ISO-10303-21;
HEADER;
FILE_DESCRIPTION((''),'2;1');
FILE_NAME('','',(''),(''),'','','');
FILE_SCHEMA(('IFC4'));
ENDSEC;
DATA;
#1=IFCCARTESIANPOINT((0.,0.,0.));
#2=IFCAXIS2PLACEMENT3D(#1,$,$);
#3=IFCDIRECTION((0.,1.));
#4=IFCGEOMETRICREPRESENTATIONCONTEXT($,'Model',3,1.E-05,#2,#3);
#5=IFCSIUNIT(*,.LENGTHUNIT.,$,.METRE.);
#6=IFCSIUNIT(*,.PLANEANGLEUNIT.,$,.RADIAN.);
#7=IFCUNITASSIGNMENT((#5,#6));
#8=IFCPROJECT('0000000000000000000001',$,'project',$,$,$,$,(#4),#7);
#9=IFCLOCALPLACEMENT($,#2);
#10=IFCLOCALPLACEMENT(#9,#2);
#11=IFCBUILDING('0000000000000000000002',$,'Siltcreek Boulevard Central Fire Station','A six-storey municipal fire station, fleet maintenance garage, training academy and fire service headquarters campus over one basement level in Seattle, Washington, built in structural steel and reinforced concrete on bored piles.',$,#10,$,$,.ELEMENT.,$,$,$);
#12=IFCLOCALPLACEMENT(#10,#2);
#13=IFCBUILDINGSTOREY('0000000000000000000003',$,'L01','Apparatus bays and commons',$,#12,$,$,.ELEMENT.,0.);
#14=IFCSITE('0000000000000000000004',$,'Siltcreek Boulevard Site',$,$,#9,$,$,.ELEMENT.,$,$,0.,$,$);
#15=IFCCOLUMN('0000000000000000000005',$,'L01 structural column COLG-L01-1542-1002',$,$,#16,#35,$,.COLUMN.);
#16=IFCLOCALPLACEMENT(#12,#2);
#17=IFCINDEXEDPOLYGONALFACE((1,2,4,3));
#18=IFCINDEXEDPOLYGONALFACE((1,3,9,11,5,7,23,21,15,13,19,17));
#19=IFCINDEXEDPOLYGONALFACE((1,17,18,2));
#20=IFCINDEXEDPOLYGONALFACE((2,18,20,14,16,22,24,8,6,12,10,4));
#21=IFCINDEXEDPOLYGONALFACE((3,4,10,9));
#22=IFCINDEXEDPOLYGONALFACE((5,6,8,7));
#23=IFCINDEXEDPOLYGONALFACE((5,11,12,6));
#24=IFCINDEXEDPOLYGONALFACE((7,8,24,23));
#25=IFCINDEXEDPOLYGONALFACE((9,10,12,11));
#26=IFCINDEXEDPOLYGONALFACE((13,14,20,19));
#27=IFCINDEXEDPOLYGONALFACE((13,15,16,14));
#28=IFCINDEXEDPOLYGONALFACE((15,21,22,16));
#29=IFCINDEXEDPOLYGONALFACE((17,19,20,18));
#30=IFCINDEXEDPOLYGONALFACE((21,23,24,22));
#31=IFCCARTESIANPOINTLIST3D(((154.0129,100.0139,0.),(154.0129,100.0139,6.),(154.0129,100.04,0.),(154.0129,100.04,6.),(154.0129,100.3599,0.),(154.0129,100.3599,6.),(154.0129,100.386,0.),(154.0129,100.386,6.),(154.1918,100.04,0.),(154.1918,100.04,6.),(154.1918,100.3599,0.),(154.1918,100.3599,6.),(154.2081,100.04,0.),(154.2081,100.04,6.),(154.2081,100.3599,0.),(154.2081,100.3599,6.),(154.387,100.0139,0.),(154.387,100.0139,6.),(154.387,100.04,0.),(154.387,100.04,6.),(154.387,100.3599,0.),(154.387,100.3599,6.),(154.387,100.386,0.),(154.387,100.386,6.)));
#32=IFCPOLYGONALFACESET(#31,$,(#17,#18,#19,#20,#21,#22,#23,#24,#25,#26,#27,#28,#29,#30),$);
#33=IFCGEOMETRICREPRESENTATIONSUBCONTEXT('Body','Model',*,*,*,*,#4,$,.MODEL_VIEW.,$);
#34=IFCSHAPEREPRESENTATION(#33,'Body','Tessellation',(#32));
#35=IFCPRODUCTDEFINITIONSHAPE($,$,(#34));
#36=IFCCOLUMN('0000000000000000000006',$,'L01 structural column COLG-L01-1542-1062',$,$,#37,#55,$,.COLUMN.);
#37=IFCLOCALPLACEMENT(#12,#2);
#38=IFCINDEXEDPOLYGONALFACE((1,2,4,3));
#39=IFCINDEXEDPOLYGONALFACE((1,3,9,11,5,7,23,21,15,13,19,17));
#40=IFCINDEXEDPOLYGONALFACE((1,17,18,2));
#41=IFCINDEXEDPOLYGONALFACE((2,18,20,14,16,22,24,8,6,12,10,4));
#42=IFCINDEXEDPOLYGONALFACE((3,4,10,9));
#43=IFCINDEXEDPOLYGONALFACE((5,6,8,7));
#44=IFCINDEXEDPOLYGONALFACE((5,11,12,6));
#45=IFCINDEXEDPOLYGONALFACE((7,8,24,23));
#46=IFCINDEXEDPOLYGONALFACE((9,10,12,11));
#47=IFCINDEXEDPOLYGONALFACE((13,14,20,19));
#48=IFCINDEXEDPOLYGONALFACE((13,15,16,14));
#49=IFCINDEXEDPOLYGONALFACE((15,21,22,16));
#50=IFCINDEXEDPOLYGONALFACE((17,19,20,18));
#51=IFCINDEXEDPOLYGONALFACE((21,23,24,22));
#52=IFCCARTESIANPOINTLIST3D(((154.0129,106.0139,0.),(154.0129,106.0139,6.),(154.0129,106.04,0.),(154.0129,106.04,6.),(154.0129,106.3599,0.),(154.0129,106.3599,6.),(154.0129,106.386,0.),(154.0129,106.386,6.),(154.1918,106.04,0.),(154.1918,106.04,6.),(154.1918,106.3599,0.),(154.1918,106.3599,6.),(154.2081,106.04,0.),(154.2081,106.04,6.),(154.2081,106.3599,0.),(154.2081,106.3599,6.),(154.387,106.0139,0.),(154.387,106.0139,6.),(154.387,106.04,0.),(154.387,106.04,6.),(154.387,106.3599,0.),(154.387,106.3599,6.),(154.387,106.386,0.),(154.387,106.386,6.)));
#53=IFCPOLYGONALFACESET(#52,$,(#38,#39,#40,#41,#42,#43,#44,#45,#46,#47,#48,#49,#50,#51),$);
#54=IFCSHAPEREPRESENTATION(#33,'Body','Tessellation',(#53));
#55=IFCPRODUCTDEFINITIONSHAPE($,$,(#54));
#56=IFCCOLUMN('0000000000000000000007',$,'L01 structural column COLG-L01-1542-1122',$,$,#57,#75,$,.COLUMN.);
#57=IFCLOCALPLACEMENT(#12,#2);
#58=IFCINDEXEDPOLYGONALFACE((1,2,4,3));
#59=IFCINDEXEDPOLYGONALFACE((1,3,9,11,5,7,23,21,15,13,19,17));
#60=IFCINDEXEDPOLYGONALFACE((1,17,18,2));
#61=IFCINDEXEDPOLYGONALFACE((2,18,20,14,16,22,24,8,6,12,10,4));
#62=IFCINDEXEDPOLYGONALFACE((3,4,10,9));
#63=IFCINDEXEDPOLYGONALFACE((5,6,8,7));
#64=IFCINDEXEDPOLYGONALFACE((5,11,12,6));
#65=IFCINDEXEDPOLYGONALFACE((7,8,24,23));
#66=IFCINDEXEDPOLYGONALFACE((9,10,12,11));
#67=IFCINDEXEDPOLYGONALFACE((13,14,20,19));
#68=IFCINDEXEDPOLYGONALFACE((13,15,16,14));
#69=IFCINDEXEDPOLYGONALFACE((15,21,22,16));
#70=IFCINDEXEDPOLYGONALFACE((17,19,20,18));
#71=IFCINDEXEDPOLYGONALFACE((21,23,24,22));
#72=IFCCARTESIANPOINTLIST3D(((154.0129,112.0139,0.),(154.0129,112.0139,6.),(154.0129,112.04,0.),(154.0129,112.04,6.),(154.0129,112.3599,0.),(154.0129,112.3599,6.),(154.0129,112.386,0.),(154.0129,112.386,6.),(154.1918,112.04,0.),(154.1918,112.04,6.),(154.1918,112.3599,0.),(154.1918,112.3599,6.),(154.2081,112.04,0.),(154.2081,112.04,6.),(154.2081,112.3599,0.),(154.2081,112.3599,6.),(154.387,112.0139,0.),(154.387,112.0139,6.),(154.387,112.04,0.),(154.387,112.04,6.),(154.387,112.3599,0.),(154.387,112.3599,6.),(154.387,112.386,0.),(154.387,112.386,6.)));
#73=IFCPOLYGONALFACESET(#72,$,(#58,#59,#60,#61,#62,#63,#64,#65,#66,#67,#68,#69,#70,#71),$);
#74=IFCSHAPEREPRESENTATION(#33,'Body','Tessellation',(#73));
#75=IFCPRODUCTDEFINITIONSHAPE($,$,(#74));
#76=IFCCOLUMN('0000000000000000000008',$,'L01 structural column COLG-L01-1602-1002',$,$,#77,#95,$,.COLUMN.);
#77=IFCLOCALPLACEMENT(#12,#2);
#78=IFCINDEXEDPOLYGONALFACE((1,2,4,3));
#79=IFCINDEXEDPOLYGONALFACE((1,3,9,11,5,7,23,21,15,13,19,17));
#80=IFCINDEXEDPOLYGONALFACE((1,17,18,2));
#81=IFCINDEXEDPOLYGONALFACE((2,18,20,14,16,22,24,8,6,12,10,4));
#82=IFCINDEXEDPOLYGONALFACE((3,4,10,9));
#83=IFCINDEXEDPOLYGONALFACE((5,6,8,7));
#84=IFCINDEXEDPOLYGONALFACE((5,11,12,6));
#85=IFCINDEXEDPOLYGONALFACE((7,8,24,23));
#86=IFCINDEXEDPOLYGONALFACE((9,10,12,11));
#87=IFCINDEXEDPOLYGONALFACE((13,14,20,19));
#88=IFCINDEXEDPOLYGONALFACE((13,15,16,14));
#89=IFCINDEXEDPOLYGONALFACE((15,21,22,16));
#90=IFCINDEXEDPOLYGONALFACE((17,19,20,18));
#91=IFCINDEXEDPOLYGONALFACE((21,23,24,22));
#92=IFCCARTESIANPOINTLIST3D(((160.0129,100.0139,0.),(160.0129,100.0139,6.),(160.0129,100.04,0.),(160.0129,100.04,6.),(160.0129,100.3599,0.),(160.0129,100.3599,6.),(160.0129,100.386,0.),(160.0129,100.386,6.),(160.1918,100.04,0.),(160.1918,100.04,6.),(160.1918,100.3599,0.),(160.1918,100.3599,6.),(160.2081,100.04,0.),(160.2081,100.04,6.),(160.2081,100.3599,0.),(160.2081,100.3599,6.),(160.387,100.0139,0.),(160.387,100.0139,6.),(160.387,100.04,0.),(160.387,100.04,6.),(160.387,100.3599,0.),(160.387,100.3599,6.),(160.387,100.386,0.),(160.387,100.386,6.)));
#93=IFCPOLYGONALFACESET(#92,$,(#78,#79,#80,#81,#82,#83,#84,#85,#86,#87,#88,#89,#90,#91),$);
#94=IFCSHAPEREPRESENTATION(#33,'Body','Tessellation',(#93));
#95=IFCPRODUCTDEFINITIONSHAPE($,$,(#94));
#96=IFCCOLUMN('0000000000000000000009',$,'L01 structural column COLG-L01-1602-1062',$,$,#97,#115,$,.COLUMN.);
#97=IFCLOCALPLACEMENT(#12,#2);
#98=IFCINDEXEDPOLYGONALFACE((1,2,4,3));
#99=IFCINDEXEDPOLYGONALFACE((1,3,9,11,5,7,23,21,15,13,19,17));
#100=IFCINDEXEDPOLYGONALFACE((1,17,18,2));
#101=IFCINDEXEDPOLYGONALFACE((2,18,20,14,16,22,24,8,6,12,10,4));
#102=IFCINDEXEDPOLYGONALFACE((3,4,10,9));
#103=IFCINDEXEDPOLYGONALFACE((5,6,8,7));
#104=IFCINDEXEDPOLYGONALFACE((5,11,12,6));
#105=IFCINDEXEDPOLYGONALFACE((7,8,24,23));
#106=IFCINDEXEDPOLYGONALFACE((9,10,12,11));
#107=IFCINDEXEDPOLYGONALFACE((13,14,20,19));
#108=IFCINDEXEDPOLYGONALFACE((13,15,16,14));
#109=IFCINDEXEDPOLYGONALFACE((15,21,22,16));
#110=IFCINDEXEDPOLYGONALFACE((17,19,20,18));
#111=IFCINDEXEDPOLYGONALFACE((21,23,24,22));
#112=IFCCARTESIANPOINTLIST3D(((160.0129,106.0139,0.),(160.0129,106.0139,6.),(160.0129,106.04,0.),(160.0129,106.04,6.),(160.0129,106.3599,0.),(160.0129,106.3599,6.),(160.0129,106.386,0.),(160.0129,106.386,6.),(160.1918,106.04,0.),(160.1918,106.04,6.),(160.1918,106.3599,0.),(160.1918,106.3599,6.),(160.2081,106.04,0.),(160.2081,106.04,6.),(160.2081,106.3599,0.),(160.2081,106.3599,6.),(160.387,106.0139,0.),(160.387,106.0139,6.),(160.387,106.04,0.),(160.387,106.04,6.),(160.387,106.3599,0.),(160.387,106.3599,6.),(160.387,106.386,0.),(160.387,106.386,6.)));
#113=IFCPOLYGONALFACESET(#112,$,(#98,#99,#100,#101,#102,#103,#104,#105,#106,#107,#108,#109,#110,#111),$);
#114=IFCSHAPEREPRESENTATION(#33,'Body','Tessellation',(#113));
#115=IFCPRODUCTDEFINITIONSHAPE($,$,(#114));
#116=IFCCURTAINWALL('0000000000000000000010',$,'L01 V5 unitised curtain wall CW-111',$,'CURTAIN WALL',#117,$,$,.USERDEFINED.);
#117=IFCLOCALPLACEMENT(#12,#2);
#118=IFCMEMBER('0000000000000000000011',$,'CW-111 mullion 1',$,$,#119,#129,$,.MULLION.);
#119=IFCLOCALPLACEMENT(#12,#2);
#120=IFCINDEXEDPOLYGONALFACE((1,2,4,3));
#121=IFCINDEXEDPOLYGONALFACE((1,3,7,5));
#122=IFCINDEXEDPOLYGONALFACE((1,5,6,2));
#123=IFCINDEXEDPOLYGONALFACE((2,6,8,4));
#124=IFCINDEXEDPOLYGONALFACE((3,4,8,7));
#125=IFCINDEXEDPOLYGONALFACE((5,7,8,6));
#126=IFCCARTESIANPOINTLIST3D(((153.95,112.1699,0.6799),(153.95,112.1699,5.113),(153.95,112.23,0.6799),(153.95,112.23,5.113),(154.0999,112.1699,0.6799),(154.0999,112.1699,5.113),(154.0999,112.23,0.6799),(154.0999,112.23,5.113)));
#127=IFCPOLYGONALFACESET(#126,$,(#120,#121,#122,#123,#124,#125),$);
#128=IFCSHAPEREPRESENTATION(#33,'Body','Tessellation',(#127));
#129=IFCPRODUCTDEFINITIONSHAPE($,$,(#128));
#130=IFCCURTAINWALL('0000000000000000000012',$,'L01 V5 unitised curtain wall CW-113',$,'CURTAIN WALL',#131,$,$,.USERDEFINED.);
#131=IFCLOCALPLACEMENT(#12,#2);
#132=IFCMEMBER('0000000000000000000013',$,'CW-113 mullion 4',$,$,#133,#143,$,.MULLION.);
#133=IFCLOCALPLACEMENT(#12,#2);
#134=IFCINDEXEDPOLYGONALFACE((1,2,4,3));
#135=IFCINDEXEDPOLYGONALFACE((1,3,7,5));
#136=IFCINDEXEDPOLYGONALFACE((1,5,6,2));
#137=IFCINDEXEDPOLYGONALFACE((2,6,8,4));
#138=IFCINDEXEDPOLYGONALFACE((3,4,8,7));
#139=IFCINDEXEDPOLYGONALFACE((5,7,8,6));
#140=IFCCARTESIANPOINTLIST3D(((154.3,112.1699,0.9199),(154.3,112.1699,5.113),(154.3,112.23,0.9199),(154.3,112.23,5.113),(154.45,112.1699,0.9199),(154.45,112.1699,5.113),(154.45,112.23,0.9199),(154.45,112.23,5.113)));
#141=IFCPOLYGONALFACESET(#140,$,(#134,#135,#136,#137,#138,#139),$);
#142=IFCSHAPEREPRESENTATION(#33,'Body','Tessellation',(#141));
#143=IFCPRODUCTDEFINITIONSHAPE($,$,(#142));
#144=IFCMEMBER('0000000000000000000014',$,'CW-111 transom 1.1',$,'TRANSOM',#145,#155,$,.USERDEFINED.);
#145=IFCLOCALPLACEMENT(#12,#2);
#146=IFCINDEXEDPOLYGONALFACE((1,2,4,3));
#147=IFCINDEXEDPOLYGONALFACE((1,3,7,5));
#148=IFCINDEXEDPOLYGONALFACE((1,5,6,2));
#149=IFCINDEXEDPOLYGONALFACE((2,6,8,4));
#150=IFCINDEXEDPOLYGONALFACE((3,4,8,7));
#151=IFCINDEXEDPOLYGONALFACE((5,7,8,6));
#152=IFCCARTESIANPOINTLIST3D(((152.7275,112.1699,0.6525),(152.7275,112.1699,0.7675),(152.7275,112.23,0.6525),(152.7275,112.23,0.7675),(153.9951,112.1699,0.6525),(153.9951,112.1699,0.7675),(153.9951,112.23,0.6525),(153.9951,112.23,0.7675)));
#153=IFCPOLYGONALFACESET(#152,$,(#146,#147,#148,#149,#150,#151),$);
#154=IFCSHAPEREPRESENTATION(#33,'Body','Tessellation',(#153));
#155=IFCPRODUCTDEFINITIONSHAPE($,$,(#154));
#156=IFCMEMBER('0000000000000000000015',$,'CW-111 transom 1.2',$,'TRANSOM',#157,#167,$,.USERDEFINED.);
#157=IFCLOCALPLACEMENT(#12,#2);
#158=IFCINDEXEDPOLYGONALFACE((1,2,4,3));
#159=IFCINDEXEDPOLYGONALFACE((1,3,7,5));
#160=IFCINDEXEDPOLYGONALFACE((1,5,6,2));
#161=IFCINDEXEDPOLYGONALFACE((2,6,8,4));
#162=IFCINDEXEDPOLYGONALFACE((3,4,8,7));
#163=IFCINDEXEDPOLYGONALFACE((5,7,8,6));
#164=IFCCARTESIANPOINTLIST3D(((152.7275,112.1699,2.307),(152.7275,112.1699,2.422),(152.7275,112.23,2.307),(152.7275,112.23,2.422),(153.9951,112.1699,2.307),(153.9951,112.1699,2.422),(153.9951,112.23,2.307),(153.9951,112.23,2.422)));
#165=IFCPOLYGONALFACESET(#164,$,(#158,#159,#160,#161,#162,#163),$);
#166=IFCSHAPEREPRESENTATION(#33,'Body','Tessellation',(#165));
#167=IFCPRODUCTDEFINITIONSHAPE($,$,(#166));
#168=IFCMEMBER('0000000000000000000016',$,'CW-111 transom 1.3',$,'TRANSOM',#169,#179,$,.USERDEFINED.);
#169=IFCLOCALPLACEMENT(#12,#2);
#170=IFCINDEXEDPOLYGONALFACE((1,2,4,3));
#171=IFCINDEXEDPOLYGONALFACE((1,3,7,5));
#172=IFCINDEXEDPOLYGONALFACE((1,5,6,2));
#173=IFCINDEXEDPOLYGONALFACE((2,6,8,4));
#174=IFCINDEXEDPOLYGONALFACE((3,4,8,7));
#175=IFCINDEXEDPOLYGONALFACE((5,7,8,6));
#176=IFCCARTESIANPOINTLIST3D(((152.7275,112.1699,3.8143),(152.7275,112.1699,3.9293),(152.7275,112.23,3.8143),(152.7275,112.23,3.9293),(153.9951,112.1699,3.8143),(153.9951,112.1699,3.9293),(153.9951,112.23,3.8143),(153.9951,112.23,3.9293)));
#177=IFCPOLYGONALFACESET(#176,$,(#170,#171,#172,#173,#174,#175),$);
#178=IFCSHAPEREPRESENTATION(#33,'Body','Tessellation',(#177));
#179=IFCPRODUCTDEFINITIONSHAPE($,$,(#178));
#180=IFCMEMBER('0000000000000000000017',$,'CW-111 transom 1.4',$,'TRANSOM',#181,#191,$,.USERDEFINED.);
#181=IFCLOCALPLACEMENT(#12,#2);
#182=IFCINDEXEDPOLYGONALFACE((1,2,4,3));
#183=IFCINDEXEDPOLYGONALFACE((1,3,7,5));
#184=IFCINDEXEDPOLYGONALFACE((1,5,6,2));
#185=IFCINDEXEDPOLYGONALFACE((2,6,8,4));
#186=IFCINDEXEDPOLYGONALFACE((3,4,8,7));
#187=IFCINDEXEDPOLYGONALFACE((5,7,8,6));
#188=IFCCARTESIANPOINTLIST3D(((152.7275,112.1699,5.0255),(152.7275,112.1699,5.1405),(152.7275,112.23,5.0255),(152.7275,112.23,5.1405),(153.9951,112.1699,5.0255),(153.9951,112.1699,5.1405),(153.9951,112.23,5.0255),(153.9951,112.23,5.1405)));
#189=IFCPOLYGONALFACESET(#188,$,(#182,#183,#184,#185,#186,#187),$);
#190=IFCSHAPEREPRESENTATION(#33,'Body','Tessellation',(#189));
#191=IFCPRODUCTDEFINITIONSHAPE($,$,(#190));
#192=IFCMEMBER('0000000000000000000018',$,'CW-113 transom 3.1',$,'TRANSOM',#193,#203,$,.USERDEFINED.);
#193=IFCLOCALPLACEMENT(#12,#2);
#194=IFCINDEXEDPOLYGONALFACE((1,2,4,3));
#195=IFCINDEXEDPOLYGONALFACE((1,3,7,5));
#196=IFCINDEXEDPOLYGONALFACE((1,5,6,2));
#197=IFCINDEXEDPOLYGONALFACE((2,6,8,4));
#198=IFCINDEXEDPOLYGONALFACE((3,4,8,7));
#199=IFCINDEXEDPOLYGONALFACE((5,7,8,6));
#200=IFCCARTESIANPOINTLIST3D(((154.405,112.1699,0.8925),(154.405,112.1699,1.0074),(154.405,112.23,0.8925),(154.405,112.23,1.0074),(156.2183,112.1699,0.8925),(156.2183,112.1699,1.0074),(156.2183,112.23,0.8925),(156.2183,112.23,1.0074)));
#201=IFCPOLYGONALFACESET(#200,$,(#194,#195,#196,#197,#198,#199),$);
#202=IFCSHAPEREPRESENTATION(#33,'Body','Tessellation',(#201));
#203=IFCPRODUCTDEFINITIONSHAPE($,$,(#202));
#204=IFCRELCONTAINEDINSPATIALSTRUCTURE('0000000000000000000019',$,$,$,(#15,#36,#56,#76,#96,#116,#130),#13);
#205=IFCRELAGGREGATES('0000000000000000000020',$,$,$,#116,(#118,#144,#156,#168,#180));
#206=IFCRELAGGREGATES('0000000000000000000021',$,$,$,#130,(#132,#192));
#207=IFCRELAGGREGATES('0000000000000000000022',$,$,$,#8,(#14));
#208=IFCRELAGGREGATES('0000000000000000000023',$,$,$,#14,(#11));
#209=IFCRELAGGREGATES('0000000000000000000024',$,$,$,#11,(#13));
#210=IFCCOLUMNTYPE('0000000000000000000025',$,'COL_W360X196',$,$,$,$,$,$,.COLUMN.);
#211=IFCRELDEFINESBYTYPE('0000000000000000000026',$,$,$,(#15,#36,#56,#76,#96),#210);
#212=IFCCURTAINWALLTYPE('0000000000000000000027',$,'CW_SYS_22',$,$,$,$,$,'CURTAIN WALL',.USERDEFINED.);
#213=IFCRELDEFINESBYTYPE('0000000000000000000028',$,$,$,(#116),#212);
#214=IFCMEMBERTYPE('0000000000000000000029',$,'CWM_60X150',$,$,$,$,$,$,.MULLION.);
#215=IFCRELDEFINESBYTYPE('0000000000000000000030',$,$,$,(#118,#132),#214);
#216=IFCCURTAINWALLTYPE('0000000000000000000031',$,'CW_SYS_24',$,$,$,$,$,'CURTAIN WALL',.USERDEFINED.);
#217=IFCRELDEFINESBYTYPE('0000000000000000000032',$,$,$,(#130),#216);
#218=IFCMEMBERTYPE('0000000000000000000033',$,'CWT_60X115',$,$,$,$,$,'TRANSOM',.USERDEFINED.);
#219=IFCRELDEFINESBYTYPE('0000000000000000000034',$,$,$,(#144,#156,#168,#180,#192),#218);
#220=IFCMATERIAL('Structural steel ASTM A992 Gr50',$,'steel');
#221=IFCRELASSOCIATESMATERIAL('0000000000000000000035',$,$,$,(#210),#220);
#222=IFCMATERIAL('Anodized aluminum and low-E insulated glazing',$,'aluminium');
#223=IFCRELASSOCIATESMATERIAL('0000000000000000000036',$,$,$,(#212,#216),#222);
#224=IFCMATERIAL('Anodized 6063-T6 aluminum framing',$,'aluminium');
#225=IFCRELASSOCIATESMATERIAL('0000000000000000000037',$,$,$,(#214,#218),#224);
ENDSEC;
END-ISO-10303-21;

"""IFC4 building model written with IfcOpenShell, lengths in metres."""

from ifc_helpers import new_model, si_unit, direction, frame, origin, origin_2d, place, context, subcontext, project, spatial, rectangle, i_section, extrude, material, material_profile, profile_set, type_object, element, aggregate, save


model = new_model("IFC4")

# Units and contexts
model_context = context("Model", 3, precision=1e-05, world=origin(), true_north=direction((0.0, 1.0)))
body_context = subcontext(model_context, "Body", "Model", "MODEL_VIEW")
ifc_project = project(units=[si_unit("LENGTHUNIT", "METRE"), si_unit("PLANEANGLEUNIT", "RADIAN")], contexts=[model_context])

# Site, building, storey
site_placement = place(None, origin())
site = spatial("IfcSite", under=ifc_project, at=site_placement, Name="Siltcreek Boulevard Site", CompositionType="ELEMENT", RefElevation=0.0)
building_placement = place(site_placement, origin())
building = spatial("IfcBuilding", under=site, at=building_placement, Name="Siltcreek Boulevard Central Fire Station", Description="A six-storey municipal fire station, fleet maintenance garage, training academy and fire service headquarters campus over one basement level in Seattle, Washington, built in structural steel and reinforced concrete on bored piles.", CompositionType="ELEMENT")
storey_placement = place(building_placement, origin())
storey = spatial("IfcBuildingStorey", under=building, at=storey_placement, Name="L01", Description="Apparatus bays and commons", CompositionType="ELEMENT", Elevation=0.0)

# Columns
ifc_material_1 = material(Name="Structural steel ASTM A992 Gr50", Category="steel")
ifc_material_profile_1 = material_profile(ifc_material_1, i_section(OverallWidth=0.374, OverallDepth=0.3721, WebThickness=0.0164, FlangeThickness=0.0261, at=origin_2d()), Name="W360X196")
ifc_profile_set_1 = profile_set([ifc_material_profile_1], Name="Structural steel ASTM A992 Gr50")
column_type = type_object("IfcColumnType", Name="COL_W360X196", PredefinedType="COLUMN", material=ifc_profile_set_1)
for number, where, z_axis, x_axis, name in (
    (1, (154.2, 100.2, 0.0), (0.0, 0.0, 1.0), (1.0, 0.0, 0.0), "L01 structural column COLG-L01-1542-1002"),
    (2, (154.2, 106.2, 0.0), (0.0, 0.0, 1.0), (1.0, 0.0, 0.0), "L01 structural column COLG-L01-1542-1062"),
    (3, (154.2, 112.2, 0.0), (0.0, 0.0, 1.0), (1.0, 0.0, 0.0), "L01 structural column COLG-L01-1542-1122"),
    (4, (160.2, 100.2, 0.0), (0.0, 0.0, 1.0), (1.0, 0.0, 0.0), "L01 structural column COLG-L01-1602-1002"),
    (5, (160.2, 106.2, 0.0), (0.0, 0.0, 1.0), (1.0, 0.0, 0.0), "L01 structural column COLG-L01-1602-1062"),
):
    element("IfcColumn", number, at=place(storey_placement, frame(where, z_axis=z_axis, x_axis=x_axis)), inside=storey, type_object=column_type, Name=name, PredefinedType="COLUMN", context=body_context, shape_type="SweptSolid", body=[
        extrude(i_section(OverallWidth=0.374, OverallDepth=0.3721, WebThickness=0.0164, FlangeThickness=0.0261, at=origin_2d()), origin(), (0.0, 0.0, 1.0), 6.0),
    ])

# Curtain walls, members
ifc_material_2 = material(Name="Anodized aluminum and low-E insulated glazing", Category="aluminium")
curtain_wall_type_1 = type_object("IfcCurtainWallType", Name="CW_SYS_22", ElementType="CURTAIN WALL", PredefinedType="USERDEFINED", material=ifc_material_2)
curtain_wall_1_placement = place(storey_placement, origin())
curtain_wall_1 = element("IfcCurtainWall", 6, at=curtain_wall_1_placement, inside=storey, type_object=curtain_wall_type_1, Name="L01 V5 unitised curtain wall CW-111", ObjectType="CURTAIN WALL", PredefinedType="USERDEFINED")
ifc_material_3 = material(Name="Anodized 6063-T6 aluminum framing", Category="aluminium")
ifc_material_profile_2 = material_profile(ifc_material_3, rectangle(XDim=0.0601, YDim=0.1499, at=origin_2d()), Name="MULL60X150")
ifc_profile_set_2 = profile_set([ifc_material_profile_2], Name="Anodized 6063-T6 aluminum framing")
member_type_1 = type_object("IfcMemberType", Name="CWM_60X150", PredefinedType="MULLION", material=ifc_profile_set_2)
member_1_placement = place(storey_placement, frame((154.0249, 112.2, 0.6799), z_axis=(0.0, 0.0, 1.0), x_axis=(0.0, -1.0, 0.0)))
member_1 = element("IfcMember", 7, at=member_1_placement, type_object=member_type_1, Name="CW-111 mullion 1", PredefinedType="MULLION", context=body_context, shape_type="SweptSolid", body=[
    extrude(rectangle(XDim=0.0601, YDim=0.1499, at=origin_2d()), origin(), (0.0, 0.0, 1.0), 4.4331),
])
curtain_wall_type_2 = type_object("IfcCurtainWallType", Name="CW_SYS_24", ElementType="CURTAIN WALL", PredefinedType="USERDEFINED", material=ifc_material_2)
curtain_wall_2_placement = place(storey_placement, origin())
curtain_wall_2 = element("IfcCurtainWall", 8, at=curtain_wall_2_placement, inside=storey, type_object=curtain_wall_type_2, Name="L01 V5 unitised curtain wall CW-113", ObjectType="CURTAIN WALL", PredefinedType="USERDEFINED")
member_2_placement = place(storey_placement, frame((154.375, 112.2, 0.9199), z_axis=(0.0, 0.0, 1.0), x_axis=(0.0, -1.0, 0.0)))
member_2 = element("IfcMember", 9, at=member_2_placement, type_object=member_type_1, Name="CW-113 mullion 4", PredefinedType="MULLION", context=body_context, shape_type="SweptSolid", body=[
    extrude(rectangle(XDim=0.0601, YDim=0.1499, at=origin_2d()), origin(), (0.0, 0.0, 1.0), 4.1931),
])

# Members
ifc_material_profile_3 = material_profile(ifc_material_3, rectangle(XDim=0.0601, YDim=0.115, at=origin_2d()), Name="TRAN60X115")
ifc_profile_set_3 = profile_set([ifc_material_profile_3], Name="Anodized 6063-T6 aluminum framing")
member_type_2 = type_object("IfcMemberType", Name="CWT_60X115", ElementType="TRANSOM", PredefinedType="USERDEFINED", material=ifc_profile_set_3)
member_3_placement = place(storey_placement, frame((153.9951, 112.2, 0.71), z_axis=(-1.0, 0.0, 0.0), x_axis=(0.0, -1.0, 0.0)))
member_3 = element("IfcMember", 10, at=member_3_placement, type_object=member_type_2, Name="CW-111 transom 1.1", ObjectType="TRANSOM", PredefinedType="USERDEFINED", context=body_context, shape_type="SweptSolid", body=[
    extrude(rectangle(XDim=0.0601, YDim=0.115, at=origin_2d()), origin(), (0.0, 0.0, 1.0), 1.2676),
])
member_4_placement = place(storey_placement, frame((153.9951, 112.2, 2.3645), z_axis=(-1.0, 0.0, 0.0), x_axis=(0.0, -1.0, 0.0)))
member_4 = element("IfcMember", 11, at=member_4_placement, type_object=member_type_2, Name="CW-111 transom 1.2", ObjectType="TRANSOM", PredefinedType="USERDEFINED", context=body_context, shape_type="SweptSolid", body=[
    extrude(rectangle(XDim=0.0601, YDim=0.115, at=origin_2d()), origin(), (0.0, 0.0, 1.0), 1.2676),
])
member_5_placement = place(storey_placement, frame((153.9951, 112.2, 3.8718), z_axis=(-1.0, 0.0, 0.0), x_axis=(0.0, -1.0, 0.0)))
member_5 = element("IfcMember", 12, at=member_5_placement, type_object=member_type_2, Name="CW-111 transom 1.3", ObjectType="TRANSOM", PredefinedType="USERDEFINED", context=body_context, shape_type="SweptSolid", body=[
    extrude(rectangle(XDim=0.0601, YDim=0.115, at=origin_2d()), origin(), (0.0, 0.0, 1.0), 1.2676),
])
member_6_placement = place(storey_placement, frame((153.9951, 112.2, 5.083), z_axis=(-1.0, 0.0, 0.0), x_axis=(0.0, -1.0, 0.0)))
member_6 = element("IfcMember", 13, at=member_6_placement, type_object=member_type_2, Name="CW-111 transom 1.4", ObjectType="TRANSOM", PredefinedType="USERDEFINED", context=body_context, shape_type="SweptSolid", body=[
    extrude(rectangle(XDim=0.0601, YDim=0.115, at=origin_2d()), origin(), (0.0, 0.0, 1.0), 1.2676),
])
member_7_placement = place(storey_placement, frame((156.2183, 112.2, 0.95), z_axis=(-1.0, 0.0, 0.0), x_axis=(0.0, -1.0, 0.0)))
member_7 = element("IfcMember", 14, at=member_7_placement, type_object=member_type_2, Name="CW-113 transom 3.1", ObjectType="TRANSOM", PredefinedType="USERDEFINED", context=body_context, shape_type="SweptSolid", body=[
    extrude(rectangle(XDim=0.0601, YDim=0.115, at=origin_2d()), origin(), (0.0, 0.0, 1.0), 1.8132),
])

aggregate(curtain_wall_1, [member_1, member_3, member_4, member_5, member_6])
aggregate(curtain_wall_2, [member_2, member_7])

save(model, "model.ifc")
